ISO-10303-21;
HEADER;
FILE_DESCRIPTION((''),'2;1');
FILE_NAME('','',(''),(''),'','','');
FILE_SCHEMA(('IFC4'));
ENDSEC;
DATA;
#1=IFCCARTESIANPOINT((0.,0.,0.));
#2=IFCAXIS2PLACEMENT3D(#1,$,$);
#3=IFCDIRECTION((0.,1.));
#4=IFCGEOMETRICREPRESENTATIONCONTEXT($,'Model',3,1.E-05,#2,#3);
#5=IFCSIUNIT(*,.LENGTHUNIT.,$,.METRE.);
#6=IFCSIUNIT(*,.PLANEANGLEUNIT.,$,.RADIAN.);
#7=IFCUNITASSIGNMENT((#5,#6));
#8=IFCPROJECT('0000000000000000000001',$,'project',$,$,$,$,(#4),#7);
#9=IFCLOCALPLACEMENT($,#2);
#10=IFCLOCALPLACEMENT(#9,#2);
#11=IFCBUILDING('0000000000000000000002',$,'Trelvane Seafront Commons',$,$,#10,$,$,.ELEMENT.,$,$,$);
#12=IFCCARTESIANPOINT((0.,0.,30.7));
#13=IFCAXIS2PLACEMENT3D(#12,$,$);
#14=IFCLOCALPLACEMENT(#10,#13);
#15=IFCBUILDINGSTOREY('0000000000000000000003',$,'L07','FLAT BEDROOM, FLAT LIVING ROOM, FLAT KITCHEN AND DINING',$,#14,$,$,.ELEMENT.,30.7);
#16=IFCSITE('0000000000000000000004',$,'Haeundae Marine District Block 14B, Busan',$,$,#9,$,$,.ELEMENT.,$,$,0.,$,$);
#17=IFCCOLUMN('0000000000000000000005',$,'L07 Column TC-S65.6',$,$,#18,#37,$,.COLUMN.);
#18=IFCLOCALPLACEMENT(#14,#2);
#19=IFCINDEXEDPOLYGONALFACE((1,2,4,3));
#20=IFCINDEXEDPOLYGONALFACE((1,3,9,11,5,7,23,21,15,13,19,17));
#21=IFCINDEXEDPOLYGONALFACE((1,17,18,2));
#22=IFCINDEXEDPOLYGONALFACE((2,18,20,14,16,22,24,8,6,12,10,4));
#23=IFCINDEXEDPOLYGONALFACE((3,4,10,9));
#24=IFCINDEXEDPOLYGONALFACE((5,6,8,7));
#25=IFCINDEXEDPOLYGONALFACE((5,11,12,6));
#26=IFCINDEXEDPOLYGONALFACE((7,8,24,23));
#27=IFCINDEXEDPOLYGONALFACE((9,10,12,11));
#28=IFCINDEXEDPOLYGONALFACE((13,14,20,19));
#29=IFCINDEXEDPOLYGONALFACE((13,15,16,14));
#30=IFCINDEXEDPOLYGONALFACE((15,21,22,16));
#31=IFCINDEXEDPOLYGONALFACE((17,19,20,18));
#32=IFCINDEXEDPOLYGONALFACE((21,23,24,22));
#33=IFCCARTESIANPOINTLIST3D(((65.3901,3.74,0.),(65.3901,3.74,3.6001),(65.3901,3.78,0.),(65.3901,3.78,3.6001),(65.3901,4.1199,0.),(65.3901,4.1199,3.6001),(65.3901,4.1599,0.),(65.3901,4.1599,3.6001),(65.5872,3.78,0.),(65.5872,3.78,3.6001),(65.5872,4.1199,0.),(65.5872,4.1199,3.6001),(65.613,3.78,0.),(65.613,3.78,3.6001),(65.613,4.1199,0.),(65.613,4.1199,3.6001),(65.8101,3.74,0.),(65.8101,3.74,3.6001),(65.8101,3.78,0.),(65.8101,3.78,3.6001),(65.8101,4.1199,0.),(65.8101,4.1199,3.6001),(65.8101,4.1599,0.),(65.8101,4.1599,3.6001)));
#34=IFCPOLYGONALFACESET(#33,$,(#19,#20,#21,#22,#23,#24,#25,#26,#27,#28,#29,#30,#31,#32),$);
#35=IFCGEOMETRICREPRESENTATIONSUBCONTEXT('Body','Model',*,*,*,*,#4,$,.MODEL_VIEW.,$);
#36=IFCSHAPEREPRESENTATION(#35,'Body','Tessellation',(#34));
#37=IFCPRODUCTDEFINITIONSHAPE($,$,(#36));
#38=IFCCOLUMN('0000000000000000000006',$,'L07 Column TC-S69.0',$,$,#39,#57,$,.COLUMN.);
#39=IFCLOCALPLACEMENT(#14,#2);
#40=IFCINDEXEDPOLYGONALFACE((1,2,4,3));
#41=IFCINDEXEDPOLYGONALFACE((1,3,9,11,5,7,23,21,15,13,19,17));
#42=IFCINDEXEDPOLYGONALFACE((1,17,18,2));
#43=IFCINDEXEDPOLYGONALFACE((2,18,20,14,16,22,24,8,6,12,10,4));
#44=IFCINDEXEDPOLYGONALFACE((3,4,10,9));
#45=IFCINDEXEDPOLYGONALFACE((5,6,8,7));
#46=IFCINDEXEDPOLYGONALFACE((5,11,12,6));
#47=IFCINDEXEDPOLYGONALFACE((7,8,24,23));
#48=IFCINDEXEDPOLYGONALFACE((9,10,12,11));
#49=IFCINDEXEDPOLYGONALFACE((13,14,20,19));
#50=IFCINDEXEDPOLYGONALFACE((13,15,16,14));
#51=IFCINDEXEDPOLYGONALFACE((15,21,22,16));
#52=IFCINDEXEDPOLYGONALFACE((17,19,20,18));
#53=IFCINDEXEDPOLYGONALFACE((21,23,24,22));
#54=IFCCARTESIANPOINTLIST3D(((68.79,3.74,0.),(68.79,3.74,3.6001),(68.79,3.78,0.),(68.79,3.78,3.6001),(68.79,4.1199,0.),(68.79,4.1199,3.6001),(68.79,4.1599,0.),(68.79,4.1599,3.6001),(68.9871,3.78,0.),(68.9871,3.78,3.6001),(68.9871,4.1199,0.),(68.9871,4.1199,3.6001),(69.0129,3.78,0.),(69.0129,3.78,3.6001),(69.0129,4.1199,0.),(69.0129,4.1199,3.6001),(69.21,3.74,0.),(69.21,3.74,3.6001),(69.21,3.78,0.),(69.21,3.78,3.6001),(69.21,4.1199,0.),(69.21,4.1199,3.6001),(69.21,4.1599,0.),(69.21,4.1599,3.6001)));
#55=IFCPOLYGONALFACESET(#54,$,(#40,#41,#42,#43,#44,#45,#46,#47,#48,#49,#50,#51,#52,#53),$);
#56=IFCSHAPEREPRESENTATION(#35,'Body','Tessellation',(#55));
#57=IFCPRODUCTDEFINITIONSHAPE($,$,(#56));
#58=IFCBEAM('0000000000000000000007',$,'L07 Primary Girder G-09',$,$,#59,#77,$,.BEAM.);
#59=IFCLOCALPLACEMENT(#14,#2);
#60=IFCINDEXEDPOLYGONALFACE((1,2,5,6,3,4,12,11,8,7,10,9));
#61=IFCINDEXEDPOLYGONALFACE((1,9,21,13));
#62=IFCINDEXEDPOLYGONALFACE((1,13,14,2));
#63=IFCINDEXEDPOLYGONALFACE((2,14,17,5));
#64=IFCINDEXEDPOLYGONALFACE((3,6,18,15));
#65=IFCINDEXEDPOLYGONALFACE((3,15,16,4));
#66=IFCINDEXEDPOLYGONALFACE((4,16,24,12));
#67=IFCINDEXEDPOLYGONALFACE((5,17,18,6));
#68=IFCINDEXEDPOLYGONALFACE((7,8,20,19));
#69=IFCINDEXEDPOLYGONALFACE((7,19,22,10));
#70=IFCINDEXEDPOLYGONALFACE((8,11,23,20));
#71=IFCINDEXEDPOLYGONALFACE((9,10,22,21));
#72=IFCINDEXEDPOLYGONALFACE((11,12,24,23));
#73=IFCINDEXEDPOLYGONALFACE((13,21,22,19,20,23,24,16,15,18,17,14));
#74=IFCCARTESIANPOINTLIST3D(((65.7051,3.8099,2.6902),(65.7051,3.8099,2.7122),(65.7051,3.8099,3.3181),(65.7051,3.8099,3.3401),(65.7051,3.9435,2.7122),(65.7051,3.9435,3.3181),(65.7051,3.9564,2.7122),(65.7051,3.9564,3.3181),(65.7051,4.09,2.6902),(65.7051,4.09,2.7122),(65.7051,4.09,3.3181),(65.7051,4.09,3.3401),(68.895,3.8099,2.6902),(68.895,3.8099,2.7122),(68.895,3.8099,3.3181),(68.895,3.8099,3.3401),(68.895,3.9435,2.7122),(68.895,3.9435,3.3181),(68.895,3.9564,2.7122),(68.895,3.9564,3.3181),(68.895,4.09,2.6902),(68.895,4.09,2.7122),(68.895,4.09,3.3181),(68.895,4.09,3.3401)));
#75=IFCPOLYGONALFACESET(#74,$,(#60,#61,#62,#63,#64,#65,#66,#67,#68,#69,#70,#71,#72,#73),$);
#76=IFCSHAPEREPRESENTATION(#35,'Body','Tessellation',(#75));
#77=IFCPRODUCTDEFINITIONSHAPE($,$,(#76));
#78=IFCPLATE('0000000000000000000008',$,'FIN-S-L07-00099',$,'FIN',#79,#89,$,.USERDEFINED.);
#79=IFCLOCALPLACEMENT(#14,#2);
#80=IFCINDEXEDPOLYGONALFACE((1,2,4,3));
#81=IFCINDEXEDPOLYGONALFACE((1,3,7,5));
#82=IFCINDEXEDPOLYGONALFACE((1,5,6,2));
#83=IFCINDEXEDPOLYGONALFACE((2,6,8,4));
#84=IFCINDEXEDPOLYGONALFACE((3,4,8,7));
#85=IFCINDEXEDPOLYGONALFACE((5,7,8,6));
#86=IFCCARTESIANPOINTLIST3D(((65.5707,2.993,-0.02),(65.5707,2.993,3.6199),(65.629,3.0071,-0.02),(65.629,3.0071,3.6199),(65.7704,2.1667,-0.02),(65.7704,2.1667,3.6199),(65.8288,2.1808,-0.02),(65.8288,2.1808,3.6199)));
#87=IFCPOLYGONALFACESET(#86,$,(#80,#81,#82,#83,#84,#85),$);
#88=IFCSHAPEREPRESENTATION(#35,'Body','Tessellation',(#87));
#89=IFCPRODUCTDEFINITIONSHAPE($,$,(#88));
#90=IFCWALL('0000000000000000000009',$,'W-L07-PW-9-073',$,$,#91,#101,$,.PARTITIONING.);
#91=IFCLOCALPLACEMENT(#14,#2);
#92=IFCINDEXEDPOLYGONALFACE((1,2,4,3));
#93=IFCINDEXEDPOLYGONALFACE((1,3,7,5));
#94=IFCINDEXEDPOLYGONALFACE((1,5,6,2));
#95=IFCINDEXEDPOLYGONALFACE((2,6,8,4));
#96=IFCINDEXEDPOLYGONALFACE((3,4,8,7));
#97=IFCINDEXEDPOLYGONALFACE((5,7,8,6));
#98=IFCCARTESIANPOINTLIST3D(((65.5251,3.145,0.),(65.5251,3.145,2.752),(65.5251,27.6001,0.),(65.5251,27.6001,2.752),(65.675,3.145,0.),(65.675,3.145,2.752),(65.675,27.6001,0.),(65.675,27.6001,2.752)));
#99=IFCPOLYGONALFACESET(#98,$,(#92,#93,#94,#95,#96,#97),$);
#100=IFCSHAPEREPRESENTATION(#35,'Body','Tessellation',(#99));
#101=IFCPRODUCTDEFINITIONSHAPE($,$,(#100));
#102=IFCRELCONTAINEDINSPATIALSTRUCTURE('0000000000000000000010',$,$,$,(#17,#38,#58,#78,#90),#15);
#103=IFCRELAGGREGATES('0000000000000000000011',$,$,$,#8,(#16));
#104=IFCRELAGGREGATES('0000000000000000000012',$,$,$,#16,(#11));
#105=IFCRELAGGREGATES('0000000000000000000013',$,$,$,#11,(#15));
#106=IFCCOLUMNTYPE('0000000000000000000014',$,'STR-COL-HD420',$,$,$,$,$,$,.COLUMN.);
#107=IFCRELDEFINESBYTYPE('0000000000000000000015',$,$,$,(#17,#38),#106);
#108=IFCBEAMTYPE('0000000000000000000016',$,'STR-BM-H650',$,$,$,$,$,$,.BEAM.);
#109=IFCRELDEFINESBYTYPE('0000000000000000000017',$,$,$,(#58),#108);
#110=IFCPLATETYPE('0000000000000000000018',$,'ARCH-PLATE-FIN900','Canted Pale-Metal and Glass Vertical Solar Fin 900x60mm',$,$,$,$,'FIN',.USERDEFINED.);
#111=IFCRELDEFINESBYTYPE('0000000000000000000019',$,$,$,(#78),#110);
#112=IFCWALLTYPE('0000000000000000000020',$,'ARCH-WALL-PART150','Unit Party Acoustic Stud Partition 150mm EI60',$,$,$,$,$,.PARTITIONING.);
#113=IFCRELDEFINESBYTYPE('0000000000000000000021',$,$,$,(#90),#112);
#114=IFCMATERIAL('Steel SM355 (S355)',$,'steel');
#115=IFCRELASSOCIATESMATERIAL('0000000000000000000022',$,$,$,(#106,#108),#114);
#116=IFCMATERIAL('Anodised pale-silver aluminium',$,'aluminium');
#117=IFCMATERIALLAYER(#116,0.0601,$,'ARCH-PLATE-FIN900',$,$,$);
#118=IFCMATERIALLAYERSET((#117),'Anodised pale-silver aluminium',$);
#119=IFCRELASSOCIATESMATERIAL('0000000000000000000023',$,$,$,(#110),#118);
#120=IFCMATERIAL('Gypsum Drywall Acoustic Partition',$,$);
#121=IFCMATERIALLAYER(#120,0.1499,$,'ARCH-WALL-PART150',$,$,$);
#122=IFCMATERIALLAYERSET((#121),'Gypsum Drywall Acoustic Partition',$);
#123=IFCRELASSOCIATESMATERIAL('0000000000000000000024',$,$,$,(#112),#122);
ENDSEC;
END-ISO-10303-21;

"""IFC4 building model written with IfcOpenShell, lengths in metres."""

from ifc_helpers import new_model, si_unit, direction, frame, frame_2d, origin, origin_2d, place, context, subcontext, project, spatial, rectangle, i_section, extrude, source, transform, mapped, material, layer, layer_set, material_profile, profile_set, type_object, element, save


model = new_model("IFC4")

# Units and contexts
model_context = context("Model", 3, precision=1e-05, world=origin(), true_north=direction((0.0, 1.0)))
body_context = subcontext(model_context, "Body", "Model", "MODEL_VIEW")
ifc_project = project(units=[si_unit("LENGTHUNIT", "METRE"), si_unit("PLANEANGLEUNIT", "RADIAN")], contexts=[model_context])

# Site, building, storey
site_placement = place(None, origin())
site = spatial("IfcSite", under=ifc_project, at=site_placement, Name="Haeundae Marine District Block 14B, Busan", CompositionType="ELEMENT", RefElevation=0.0)
building_placement = place(site_placement, origin())
building = spatial("IfcBuilding", under=site, at=building_placement, Name="Trelvane Seafront Commons", CompositionType="ELEMENT")
storey_placement = place(building_placement, frame((0.0, 0.0, 30.7)))
storey = spatial("IfcBuildingStorey", under=building, at=storey_placement, Name="L07", Description="FLAT BEDROOM, FLAT LIVING ROOM, FLAT KITCHEN AND DINING", CompositionType="ELEMENT", Elevation=30.7)

# Columns
ifc_material_1 = material(Name="Steel SM355 (S355)", Category="steel")
ifc_material_profile_1 = material_profile(ifc_material_1, i_section(OverallWidth=0.4199, OverallDepth=0.4199, WebThickness=0.0259, FlangeThickness=0.04, at=origin_2d()), Name="HD-420x420x26x40")
ifc_profile_set_1 = profile_set([ifc_material_profile_1], Name="Steel SM355 (S355)")
column_type = type_object("IfcColumnType", Name="STR-COL-HD420", PredefinedType="COLUMN", material=ifc_profile_set_1)
shared_shape_1 = source(origin(), body_context, "Body", "SweptSolid", [
    extrude(i_section(OverallWidth=0.4199, OverallDepth=0.4199, WebThickness=0.0259, FlangeThickness=0.04, at=origin_2d()), origin(), (0.0, 0.0, 1.0), 3.6001),
])
for number, where, z_axis, x_axis, name in (
    (1, (65.6001, 3.95, 0.0), (0.0, 0.0, 1.0), (1.0, 0.0, 0.0), "L07 Column TC-S65.6"),
    (2, (69.0, 3.95, 0.0), (0.0, 0.0, 1.0), (1.0, 0.0, 0.0), "L07 Column TC-S69.0"),
):
    element("IfcColumn", number, at=place(storey_placement, frame(where, z_axis=z_axis, x_axis=x_axis)), inside=storey, type_object=column_type, Name=name, PredefinedType="COLUMN", context=body_context, shape_type="MappedRepresentation", body=[
        mapped(shared_shape_1, transform((0.0, 0.0, 0.0), x_axis=(1.0, 0.0, 0.0), y_axis=(0.0, 1.0, 0.0), z_axis=(0.0, 0.0, 1.0), scale=1.0)),
    ])

# Beam
ifc_material_profile_2 = material_profile(ifc_material_1, i_section(OverallWidth=0.28, OverallDepth=0.6499, WebThickness=0.0129, FlangeThickness=0.022, at=origin_2d()), Name="H-650x280x13x22")
ifc_profile_set_2 = profile_set([ifc_material_profile_2], Name="Steel SM355 (S355)")
beam_type = type_object("IfcBeamType", Name="STR-BM-H650", PredefinedType="BEAM", material=ifc_profile_set_2)
shared_shape_2 = source(origin(), body_context, "Body", "SweptSolid", [
    extrude(i_section(OverallWidth=0.28, OverallDepth=0.6499, WebThickness=0.0129, FlangeThickness=0.022, at=origin_2d()), origin(), (0.0, 0.0, 1.0), 3.1899),
])
beam_placement = place(storey_placement, frame((65.7051, 3.95, 3.0151), z_axis=(1.0, 0.0, 0.0), x_axis=(0.0, 1.0, 0.0)))
element("IfcBeam", 3, at=beam_placement, inside=storey, type_object=beam_type, Name="L07 Primary Girder G-09", PredefinedType="BEAM", context=body_context, shape_type="MappedRepresentation", body=[
    mapped(shared_shape_2, transform((0.0, 0.0, 0.0), x_axis=(1.0, 0.0, 0.0), y_axis=(0.0, 1.0, 0.0), z_axis=(0.0, 0.0, 1.0), scale=1.0)),
])

# Plate
ifc_material_2 = material(Name="Anodised pale-silver aluminium", Category="aluminium")
ifc_layer_1 = layer(ifc_material_2, 0.0601, Name="ARCH-PLATE-FIN900")
ifc_layer_set_1 = layer_set([ifc_layer_1], Name="Anodised pale-silver aluminium")
plate_type = type_object("IfcPlateType", Name="ARCH-PLATE-FIN900", Description="Canted Pale-Metal and Glass Vertical Solar Fin 900x60mm", ElementType="FIN", PredefinedType="USERDEFINED", material=ifc_layer_set_1)
shared_shape_3 = source(origin(), body_context, "Body", "SweptSolid", [
    extrude(rectangle(XDim=0.8501, YDim=0.0601, at=origin_2d()), origin(), (0.0, 0.0, 1.0), 3.6399),
])
plate_placement = place(storey_placement, frame((65.6997, 2.5869, -0.02), z_axis=(0.0, 0.0, 1.0), x_axis=(0.234944, -0.972009, 0.0)))
element("IfcPlate", 4, at=plate_placement, inside=storey, type_object=plate_type, Name="FIN-S-L07-00099", ObjectType="FIN", PredefinedType="USERDEFINED", context=body_context, shape_type="MappedRepresentation", body=[
    mapped(shared_shape_3, transform((0.0, 0.0, 0.0), x_axis=(1.0, 0.0, 0.0), y_axis=(0.0, 1.0, 0.0), z_axis=(0.0, 0.0, 1.0), scale=1.0)),
])

# Wall
ifc_material_3 = material(Name="Gypsum Drywall Acoustic Partition")
ifc_layer_2 = layer(ifc_material_3, 0.1499, Name="ARCH-WALL-PART150")
ifc_layer_set_2 = layer_set([ifc_layer_2], Name="Gypsum Drywall Acoustic Partition")
wall_type_1 = type_object("IfcWallType", Name="ARCH-WALL-PART150", Description="Unit Party Acoustic Stud Partition 150mm EI60", PredefinedType="PARTITIONING", material=ifc_layer_set_2)
wall_1_placement = place(storey_placement, frame((65.6001, 3.145, 0.0), z_axis=(0.0, 0.0, 1.0), x_axis=(0.0, 1.0, 0.0)))
element("IfcWall", 5, at=wall_1_placement, inside=storey, type_object=wall_type_1, Name="W-L07-PW-9-073", PredefinedType="PARTITIONING", context=body_context, shape_type="SweptSolid", body=[
    extrude(rectangle(XDim=24.4551, YDim=0.1499, at=frame_2d((12.2275, 0.0))), origin(), (0.0, 0.0, 1.0), 2.752),
])

save(model, "model.ifc")
